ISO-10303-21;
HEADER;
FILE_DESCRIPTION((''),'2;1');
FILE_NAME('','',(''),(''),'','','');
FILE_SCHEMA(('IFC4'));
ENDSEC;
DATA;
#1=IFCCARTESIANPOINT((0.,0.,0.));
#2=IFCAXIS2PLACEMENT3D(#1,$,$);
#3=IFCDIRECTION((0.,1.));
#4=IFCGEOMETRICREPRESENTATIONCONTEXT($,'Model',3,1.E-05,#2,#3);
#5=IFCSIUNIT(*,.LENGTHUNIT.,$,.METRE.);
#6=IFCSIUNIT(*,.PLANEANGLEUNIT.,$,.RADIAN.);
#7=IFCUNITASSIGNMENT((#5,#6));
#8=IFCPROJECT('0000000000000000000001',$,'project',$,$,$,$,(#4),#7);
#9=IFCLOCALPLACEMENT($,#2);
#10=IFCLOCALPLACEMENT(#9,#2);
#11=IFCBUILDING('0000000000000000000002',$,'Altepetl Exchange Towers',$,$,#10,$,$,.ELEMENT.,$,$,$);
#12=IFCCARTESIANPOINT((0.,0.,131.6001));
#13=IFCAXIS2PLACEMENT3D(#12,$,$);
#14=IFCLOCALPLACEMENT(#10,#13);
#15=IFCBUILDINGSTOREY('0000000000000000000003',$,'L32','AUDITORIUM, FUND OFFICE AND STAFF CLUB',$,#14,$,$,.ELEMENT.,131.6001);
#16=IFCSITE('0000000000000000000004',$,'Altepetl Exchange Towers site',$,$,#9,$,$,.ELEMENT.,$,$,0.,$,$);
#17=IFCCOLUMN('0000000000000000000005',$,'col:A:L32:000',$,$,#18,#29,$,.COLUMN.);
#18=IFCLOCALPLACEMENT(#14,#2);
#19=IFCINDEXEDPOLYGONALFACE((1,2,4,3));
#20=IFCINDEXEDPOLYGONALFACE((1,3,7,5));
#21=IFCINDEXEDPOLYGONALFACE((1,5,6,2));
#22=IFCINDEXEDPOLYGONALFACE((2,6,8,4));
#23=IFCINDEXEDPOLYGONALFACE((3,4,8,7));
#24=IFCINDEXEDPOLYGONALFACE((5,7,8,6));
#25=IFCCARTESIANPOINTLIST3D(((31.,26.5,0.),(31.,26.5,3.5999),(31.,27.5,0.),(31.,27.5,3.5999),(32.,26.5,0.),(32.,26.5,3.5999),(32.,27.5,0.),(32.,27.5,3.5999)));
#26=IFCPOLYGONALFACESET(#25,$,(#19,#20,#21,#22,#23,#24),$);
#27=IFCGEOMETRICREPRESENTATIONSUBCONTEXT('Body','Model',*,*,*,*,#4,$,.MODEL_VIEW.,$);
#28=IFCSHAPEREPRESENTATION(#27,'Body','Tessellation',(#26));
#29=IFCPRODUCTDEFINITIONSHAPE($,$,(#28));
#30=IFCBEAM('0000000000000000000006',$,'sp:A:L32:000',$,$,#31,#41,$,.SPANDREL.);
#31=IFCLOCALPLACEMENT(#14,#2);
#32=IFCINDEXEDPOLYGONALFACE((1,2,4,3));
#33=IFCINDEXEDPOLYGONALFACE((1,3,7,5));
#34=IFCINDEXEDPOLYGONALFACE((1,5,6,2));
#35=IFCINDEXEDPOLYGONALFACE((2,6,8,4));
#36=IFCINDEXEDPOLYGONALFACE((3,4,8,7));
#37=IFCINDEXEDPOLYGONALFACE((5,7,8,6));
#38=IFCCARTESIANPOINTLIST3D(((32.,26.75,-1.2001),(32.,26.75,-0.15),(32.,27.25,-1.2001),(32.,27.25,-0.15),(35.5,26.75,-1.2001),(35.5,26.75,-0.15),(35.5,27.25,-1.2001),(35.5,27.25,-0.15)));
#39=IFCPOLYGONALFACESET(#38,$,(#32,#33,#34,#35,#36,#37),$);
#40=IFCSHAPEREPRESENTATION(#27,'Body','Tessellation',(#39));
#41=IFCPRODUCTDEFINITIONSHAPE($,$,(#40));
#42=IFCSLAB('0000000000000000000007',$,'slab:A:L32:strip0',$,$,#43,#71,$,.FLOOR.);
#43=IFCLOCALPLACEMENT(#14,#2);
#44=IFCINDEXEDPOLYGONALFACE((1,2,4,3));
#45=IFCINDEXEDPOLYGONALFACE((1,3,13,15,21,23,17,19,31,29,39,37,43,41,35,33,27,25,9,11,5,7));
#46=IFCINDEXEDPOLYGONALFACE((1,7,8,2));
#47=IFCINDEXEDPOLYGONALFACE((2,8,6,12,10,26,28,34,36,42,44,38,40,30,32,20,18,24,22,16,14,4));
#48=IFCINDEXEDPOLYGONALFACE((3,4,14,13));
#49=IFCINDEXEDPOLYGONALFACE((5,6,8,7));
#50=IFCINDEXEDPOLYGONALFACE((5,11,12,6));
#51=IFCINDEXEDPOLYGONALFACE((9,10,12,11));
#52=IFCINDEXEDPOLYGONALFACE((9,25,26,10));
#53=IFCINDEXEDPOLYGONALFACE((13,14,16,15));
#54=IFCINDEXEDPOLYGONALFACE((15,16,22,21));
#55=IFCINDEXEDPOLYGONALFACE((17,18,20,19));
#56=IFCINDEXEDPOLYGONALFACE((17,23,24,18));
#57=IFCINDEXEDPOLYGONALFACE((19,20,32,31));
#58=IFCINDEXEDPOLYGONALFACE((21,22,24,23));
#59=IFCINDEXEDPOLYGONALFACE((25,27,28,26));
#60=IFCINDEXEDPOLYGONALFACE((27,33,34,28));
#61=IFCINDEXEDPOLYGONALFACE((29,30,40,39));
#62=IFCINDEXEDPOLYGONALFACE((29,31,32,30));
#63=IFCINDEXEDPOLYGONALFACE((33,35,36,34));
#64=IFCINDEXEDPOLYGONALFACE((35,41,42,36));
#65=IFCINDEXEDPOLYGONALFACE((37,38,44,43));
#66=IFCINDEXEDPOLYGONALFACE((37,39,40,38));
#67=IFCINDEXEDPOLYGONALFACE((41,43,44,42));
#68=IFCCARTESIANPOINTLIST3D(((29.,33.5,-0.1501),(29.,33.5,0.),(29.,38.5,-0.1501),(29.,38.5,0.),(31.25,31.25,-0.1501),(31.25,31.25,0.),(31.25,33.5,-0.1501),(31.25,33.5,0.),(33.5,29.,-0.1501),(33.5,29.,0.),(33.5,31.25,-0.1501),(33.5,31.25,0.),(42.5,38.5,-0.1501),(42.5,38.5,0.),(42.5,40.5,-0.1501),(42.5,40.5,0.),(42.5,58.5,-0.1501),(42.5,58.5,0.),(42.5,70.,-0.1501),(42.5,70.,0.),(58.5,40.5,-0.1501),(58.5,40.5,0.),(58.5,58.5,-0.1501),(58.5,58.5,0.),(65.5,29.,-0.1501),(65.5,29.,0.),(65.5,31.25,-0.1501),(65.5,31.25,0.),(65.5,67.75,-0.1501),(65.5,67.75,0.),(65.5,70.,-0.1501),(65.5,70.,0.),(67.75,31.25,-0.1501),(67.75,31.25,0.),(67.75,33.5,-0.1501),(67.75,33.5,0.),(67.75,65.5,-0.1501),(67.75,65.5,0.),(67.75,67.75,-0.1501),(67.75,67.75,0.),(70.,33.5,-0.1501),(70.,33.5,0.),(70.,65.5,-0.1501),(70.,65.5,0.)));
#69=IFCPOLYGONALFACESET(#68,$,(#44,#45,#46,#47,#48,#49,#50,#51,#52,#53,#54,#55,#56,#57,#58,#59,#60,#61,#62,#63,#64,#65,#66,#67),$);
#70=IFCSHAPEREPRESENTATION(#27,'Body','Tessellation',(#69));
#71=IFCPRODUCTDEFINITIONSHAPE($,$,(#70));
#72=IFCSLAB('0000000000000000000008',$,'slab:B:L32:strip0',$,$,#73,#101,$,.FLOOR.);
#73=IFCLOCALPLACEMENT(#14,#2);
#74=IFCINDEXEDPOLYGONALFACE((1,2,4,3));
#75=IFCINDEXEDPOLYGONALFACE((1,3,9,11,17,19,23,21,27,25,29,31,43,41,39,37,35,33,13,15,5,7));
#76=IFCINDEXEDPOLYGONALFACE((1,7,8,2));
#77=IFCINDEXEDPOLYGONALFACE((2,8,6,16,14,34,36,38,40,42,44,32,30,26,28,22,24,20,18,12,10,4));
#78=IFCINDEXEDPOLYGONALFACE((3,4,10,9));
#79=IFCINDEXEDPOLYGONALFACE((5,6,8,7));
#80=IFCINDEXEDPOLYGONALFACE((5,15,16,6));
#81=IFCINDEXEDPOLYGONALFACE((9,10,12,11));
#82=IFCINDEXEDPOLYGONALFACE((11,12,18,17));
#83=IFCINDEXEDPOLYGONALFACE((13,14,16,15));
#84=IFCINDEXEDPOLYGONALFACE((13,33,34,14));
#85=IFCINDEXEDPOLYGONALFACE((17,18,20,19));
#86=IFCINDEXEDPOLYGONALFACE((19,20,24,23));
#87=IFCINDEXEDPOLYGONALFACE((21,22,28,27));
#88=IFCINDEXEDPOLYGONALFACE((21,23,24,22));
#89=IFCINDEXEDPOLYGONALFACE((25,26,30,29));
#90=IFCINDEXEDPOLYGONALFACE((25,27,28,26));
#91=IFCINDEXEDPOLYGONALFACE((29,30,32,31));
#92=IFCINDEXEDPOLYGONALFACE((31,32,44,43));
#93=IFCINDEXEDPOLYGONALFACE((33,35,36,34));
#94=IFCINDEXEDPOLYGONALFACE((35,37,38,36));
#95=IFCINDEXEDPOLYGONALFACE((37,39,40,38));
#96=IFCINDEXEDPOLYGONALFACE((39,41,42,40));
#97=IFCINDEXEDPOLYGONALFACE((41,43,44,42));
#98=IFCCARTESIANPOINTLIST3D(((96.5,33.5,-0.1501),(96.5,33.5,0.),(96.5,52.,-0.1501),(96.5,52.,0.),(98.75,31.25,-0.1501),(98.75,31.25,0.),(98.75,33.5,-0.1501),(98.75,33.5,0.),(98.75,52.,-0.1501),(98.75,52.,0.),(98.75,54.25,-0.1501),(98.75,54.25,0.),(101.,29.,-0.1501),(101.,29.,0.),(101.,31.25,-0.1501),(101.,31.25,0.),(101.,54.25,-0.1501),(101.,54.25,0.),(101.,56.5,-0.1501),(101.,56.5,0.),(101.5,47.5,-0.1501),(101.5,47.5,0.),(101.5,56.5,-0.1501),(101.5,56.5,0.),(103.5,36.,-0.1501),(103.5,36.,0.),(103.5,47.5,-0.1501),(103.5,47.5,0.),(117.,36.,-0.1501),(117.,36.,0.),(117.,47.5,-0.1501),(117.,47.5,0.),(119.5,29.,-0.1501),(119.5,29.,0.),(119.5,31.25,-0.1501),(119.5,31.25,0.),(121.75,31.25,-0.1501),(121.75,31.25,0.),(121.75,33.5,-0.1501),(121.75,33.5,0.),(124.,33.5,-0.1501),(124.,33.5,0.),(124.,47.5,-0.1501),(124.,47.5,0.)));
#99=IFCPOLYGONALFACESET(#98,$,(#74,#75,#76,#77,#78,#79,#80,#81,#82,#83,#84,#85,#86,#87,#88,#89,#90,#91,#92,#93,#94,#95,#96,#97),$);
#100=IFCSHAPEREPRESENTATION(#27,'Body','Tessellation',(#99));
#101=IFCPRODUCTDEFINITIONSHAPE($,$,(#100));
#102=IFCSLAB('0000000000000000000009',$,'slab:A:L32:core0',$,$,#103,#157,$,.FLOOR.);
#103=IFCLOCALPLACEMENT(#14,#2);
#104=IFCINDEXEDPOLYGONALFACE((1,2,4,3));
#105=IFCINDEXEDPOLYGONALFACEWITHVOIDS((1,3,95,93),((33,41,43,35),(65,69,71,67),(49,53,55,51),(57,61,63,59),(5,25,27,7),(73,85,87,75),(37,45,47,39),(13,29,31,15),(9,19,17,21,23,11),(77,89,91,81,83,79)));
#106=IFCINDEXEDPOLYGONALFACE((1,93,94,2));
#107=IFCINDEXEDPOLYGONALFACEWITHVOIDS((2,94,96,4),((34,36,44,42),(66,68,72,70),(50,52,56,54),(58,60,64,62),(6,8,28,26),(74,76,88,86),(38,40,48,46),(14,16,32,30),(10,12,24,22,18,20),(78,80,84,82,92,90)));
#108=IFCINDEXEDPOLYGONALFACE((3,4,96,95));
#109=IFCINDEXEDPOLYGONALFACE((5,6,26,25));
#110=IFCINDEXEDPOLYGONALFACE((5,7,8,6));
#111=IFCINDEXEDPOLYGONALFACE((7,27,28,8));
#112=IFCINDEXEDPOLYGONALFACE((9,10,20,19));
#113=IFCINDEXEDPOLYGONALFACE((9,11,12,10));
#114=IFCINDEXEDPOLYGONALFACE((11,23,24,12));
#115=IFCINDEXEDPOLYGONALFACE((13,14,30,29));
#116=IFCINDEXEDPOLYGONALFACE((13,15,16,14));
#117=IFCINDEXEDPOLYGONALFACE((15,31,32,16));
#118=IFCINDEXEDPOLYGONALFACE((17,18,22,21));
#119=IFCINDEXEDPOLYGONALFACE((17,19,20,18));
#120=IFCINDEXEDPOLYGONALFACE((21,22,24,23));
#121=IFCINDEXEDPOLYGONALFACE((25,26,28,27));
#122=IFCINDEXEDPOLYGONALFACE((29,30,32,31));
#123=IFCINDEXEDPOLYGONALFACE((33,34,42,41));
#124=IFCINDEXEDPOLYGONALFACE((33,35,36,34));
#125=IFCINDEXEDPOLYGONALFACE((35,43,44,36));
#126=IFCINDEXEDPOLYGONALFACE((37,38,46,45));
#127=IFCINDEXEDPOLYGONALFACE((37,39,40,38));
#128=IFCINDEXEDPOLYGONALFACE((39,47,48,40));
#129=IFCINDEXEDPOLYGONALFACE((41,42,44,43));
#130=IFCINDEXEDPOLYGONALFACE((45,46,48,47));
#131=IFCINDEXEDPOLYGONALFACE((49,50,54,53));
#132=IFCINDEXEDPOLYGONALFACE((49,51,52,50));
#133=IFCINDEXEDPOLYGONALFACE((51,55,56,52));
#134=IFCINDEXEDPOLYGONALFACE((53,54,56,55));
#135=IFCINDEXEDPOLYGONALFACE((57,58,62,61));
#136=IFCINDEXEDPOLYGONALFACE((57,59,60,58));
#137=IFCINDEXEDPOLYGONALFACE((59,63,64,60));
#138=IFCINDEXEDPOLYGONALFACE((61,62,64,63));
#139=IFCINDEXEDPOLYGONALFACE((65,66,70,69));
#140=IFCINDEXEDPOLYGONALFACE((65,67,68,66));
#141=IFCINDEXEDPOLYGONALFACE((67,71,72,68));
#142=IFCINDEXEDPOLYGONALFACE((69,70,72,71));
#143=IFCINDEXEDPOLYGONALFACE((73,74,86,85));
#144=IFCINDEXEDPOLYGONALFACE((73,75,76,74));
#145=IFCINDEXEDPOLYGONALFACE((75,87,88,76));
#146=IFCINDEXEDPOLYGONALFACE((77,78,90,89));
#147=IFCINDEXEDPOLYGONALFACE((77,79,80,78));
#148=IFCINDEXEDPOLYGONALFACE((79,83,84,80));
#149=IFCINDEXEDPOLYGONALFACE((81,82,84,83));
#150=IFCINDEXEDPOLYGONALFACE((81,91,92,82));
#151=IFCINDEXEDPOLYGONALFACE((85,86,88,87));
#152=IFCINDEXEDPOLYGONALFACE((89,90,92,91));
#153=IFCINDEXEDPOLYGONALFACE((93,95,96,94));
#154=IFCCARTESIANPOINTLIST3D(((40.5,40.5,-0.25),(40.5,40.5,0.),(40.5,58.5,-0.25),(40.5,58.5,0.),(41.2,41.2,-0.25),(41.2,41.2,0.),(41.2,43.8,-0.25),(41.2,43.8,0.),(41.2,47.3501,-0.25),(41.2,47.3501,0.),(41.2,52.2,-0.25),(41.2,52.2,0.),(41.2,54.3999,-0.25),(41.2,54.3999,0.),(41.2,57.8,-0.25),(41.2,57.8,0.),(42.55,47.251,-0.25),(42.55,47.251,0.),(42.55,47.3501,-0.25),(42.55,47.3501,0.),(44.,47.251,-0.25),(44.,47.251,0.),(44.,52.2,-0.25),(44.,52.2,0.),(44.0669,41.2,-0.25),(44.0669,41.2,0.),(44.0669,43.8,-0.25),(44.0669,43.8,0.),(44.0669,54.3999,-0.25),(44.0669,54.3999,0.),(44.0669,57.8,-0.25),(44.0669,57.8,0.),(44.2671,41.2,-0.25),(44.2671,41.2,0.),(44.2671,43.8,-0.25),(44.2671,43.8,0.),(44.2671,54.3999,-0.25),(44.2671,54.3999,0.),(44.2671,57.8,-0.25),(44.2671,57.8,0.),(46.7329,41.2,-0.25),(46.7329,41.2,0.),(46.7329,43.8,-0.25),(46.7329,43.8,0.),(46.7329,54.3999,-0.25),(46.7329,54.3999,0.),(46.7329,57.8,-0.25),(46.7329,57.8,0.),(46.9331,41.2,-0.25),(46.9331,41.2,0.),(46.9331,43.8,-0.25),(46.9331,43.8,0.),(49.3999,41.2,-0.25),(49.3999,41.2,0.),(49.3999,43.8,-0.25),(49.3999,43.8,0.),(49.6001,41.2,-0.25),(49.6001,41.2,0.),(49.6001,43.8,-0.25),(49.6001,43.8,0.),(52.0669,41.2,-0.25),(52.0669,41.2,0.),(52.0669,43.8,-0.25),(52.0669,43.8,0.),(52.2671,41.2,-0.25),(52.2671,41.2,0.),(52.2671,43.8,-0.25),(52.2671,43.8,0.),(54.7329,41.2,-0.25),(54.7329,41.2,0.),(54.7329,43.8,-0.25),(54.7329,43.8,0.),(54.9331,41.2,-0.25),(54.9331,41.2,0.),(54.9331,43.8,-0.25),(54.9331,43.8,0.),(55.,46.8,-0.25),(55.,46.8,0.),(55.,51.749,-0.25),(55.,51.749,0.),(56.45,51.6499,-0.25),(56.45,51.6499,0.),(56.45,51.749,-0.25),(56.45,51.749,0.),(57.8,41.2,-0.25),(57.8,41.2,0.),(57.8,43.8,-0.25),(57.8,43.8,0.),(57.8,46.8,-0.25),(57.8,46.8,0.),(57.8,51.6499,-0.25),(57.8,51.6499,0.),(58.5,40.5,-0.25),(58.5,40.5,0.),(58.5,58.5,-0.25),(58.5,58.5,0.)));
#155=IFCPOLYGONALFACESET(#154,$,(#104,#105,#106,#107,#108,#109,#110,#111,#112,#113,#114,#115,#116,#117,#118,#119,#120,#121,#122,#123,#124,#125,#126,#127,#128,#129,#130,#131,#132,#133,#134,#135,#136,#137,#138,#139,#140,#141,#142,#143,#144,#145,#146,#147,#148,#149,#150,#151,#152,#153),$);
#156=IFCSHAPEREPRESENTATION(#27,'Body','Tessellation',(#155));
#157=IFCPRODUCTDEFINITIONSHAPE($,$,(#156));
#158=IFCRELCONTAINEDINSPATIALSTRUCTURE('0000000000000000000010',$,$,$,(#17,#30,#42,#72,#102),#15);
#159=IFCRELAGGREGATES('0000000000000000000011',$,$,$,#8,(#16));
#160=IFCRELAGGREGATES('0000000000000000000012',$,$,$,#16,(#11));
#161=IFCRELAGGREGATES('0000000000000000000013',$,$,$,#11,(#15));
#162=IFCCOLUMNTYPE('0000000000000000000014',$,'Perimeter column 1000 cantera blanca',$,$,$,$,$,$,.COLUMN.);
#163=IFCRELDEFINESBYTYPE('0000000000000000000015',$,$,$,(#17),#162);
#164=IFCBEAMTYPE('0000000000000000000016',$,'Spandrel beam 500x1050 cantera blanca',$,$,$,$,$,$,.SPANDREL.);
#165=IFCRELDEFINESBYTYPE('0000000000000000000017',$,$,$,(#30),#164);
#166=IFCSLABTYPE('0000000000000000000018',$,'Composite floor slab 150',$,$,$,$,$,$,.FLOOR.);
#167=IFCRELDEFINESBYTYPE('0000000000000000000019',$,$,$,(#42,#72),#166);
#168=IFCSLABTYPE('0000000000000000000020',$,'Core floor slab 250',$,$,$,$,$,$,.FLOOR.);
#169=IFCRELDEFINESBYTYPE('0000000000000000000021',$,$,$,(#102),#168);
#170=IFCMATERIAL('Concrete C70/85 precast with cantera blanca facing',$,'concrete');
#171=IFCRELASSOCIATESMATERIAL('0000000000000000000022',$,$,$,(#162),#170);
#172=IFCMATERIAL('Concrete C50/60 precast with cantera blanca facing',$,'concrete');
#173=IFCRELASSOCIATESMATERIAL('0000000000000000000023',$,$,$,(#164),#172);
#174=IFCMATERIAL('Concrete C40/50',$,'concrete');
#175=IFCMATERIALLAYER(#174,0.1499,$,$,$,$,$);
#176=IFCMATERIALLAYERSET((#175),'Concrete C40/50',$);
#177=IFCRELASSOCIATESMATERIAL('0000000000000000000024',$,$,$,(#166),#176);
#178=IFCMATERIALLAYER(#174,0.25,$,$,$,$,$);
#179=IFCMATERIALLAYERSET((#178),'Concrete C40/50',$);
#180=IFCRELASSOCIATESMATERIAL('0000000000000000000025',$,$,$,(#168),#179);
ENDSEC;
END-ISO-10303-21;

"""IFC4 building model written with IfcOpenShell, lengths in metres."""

from ifc_helpers import new_model, si_unit, direction, frame, origin, origin_2d, place, context, subcontext, project, spatial, polyline, rectangle, outline, extrude, material, layer, layer_set, material_profile, profile_set, type_object, element, save


model = new_model("IFC4")

# Units and contexts
model_context = context("Model", 3, precision=1e-05, world=origin(), true_north=direction((0.0, 1.0)))
body_context = subcontext(model_context, "Body", "Model", "MODEL_VIEW")
ifc_project = project(units=[si_unit("LENGTHUNIT", "METRE"), si_unit("PLANEANGLEUNIT", "RADIAN")], contexts=[model_context])

# Site, building, storey
site_placement = place(None, origin())
site = spatial("IfcSite", under=ifc_project, at=site_placement, Name="Altepetl Exchange Towers site", CompositionType="ELEMENT", RefElevation=0.0)
building_placement = place(site_placement, origin())
building = spatial("IfcBuilding", under=site, at=building_placement, Name="Altepetl Exchange Towers", CompositionType="ELEMENT")
storey_placement = place(building_placement, frame((0.0, 0.0, 131.6001)))
storey = spatial("IfcBuildingStorey", under=building, at=storey_placement, Name="L32", Description="AUDITORIUM, FUND OFFICE AND STAFF CLUB", CompositionType="ELEMENT", Elevation=131.6001)

# Column
ifc_material_1 = material(Name="Concrete C70/85 precast with cantera blanca facing", Category="concrete")
ifc_material_profile_1 = material_profile(ifc_material_1, rectangle(XDim=1.0, YDim=1.0, at=origin_2d()), Name="1000 x 1000")
ifc_profile_set_1 = profile_set([ifc_material_profile_1], Name="Concrete C70/85 precast with cantera blanca facing")
column_type = type_object("IfcColumnType", Name="Perimeter column 1000 cantera blanca", PredefinedType="COLUMN", material=ifc_profile_set_1)
column_placement = place(storey_placement, frame((31.5, 27.0, 0.0)))
element("IfcColumn", 1, at=column_placement, inside=storey, type_object=column_type, Name="col:A:L32:000", PredefinedType="COLUMN", context=body_context, shape_type="SweptSolid", body=[
    extrude(rectangle(XDim=1.0, YDim=1.0, at=origin_2d()), origin(), (0.0, 0.0, 1.0), 3.5999),
])

# Beam
ifc_material_2 = material(Name="Concrete C50/60 precast with cantera blanca facing", Category="concrete")
ifc_material_profile_2 = material_profile(ifc_material_2, rectangle(XDim=0.5, YDim=1.05, at=origin_2d()), Name="500 x 1050")
ifc_profile_set_2 = profile_set([ifc_material_profile_2], Name="Concrete C50/60 precast with cantera blanca facing")
beam_type = type_object("IfcBeamType", Name="Spandrel beam 500x1050 cantera blanca", PredefinedType="SPANDREL", material=ifc_profile_set_2)
beam_placement = place(storey_placement, frame((32.0, 27.0, -0.675), z_axis=(1.0, 0.0, 0.0), x_axis=(0.0, 1.0, 0.0)))
element("IfcBeam", 2, at=beam_placement, inside=storey, type_object=beam_type, Name="sp:A:L32:000", PredefinedType="SPANDREL", context=body_context, shape_type="SweptSolid", body=[
    extrude(rectangle(XDim=0.5, YDim=1.05, at=origin_2d()), origin(), (0.0, 0.0, 1.0), 3.5),
])

# Slabs
ifc_material_3 = material(Name="Concrete C40/50", Category="concrete")
ifc_layer_1 = layer(ifc_material_3, 0.1499)
ifc_layer_set_1 = layer_set([ifc_layer_1], Name="Concrete C40/50")
slab_type_1 = type_object("IfcSlabType", Name="Composite floor slab 150", PredefinedType="FLOOR", material=ifc_layer_set_1)
slab_1_placement = place(storey_placement, frame((0.0, 0.0, -0.1501)))
element("IfcSlab", 3, at=slab_1_placement, inside=storey, type_object=slab_type_1, Name="slab:A:L32:strip0", PredefinedType="FLOOR", context=body_context, shape_type="SweptSolid", body=[
    extrude(outline(polyline([(42.5, 70.0), (42.5, 58.5), (58.5, 58.5), (58.5, 40.5), (42.5, 40.5), (42.5, 38.5), (29.0, 38.5), (29.0, 33.5), (31.25, 33.5), (31.25, 31.25), (33.5, 31.25), (33.5, 29.0), (65.5, 29.0), (65.5, 31.25), (67.75, 31.25), (67.75, 33.5), (70.0, 33.5), (70.0, 65.5), (67.75, 65.5), (67.75, 67.75), (65.5, 67.75), (65.5, 70.0), (42.5, 70.0)])), origin(), (0.0, 0.0, 1.0), 0.1501),
])
slab_2_placement = place(storey_placement, frame((0.0, 0.0, -0.1501)))
element("IfcSlab", 4, at=slab_2_placement, inside=storey, type_object=slab_type_1, Name="slab:B:L32:strip0", PredefinedType="FLOOR", context=body_context, shape_type="SweptSolid", body=[
    extrude(outline(polyline([(98.75, 54.25), (98.75, 52.0), (96.5, 52.0), (96.5, 33.5), (98.75, 33.5), (98.75, 31.25), (101.0, 31.25), (101.0, 29.0), (119.5, 29.0), (119.5, 31.25), (121.75, 31.25), (121.75, 33.5), (124.0, 33.5), (124.0, 47.5), (117.0, 47.5), (117.0, 36.0), (103.5, 36.0), (103.5, 47.5), (101.5, 47.5), (101.5, 56.5), (101.0, 56.5), (101.0, 54.25), (98.75, 54.25)])), origin(), (0.0, 0.0, 1.0), 0.1501),
])
ifc_layer_2 = layer(ifc_material_3, 0.25)
ifc_layer_set_2 = layer_set([ifc_layer_2], Name="Concrete C40/50")
slab_type_2 = type_object("IfcSlabType", Name="Core floor slab 250", PredefinedType="FLOOR", material=ifc_layer_set_2)
slab_3_placement = place(storey_placement, frame((0.0, 0.0, -0.25)))
element("IfcSlab", 5, at=slab_3_placement, inside=storey, type_object=slab_type_2, Name="slab:A:L32:core0", PredefinedType="FLOOR", context=body_context, shape_type="SweptSolid", body=[
    extrude(outline(polyline([(40.5, 40.5), (58.5, 40.5), (58.5, 58.5), (40.5, 58.5), (40.5, 40.5)]), holes=[polyline([(41.2, 43.8), (44.0669, 43.8), (44.0669, 41.2), (41.2, 41.2), (41.2, 43.8)]), polyline([(44.2671, 43.8), (46.7329, 43.8), (46.7329, 41.2), (44.2671, 41.2), (44.2671, 43.8)]), polyline([(46.9331, 43.8), (49.3999, 43.8), (49.3999, 41.2), (46.9331, 41.2), (46.9331, 43.8)]), polyline([(52.0669, 43.8), (52.0669, 41.2), (49.6001, 41.2), (49.6001, 43.8), (52.0669, 43.8)]), polyline([(54.7329, 43.8), (54.7329, 41.2), (52.2671, 41.2), (52.2671, 43.8), (54.7329, 43.8)]), polyline([(54.9331, 43.8), (57.8, 43.8), (57.8, 41.2), (54.9331, 41.2), (54.9331, 43.8)]), polyline([(55.0, 51.749), (56.45, 51.749), (56.45, 51.6499), (57.8, 51.6499), (57.8, 46.8), (55.0, 46.8), (55.0, 51.749)]), polyline([(44.0, 47.251), (42.55, 47.251), (42.55, 47.3501), (41.2, 47.3501), (41.2, 52.2), (44.0, 52.2), (44.0, 47.251)]), polyline([(44.0669, 57.8), (44.0669, 54.3999), (41.2, 54.3999), (41.2, 57.8), (44.0669, 57.8)]), polyline([(46.7329, 57.8), (46.7329, 54.3999), (44.2671, 54.3999), (44.2671, 57.8), (46.7329, 57.8)])]), origin(), (0.0, 0.0, 1.0), 0.25),
])

save(model, "model.ifc")
